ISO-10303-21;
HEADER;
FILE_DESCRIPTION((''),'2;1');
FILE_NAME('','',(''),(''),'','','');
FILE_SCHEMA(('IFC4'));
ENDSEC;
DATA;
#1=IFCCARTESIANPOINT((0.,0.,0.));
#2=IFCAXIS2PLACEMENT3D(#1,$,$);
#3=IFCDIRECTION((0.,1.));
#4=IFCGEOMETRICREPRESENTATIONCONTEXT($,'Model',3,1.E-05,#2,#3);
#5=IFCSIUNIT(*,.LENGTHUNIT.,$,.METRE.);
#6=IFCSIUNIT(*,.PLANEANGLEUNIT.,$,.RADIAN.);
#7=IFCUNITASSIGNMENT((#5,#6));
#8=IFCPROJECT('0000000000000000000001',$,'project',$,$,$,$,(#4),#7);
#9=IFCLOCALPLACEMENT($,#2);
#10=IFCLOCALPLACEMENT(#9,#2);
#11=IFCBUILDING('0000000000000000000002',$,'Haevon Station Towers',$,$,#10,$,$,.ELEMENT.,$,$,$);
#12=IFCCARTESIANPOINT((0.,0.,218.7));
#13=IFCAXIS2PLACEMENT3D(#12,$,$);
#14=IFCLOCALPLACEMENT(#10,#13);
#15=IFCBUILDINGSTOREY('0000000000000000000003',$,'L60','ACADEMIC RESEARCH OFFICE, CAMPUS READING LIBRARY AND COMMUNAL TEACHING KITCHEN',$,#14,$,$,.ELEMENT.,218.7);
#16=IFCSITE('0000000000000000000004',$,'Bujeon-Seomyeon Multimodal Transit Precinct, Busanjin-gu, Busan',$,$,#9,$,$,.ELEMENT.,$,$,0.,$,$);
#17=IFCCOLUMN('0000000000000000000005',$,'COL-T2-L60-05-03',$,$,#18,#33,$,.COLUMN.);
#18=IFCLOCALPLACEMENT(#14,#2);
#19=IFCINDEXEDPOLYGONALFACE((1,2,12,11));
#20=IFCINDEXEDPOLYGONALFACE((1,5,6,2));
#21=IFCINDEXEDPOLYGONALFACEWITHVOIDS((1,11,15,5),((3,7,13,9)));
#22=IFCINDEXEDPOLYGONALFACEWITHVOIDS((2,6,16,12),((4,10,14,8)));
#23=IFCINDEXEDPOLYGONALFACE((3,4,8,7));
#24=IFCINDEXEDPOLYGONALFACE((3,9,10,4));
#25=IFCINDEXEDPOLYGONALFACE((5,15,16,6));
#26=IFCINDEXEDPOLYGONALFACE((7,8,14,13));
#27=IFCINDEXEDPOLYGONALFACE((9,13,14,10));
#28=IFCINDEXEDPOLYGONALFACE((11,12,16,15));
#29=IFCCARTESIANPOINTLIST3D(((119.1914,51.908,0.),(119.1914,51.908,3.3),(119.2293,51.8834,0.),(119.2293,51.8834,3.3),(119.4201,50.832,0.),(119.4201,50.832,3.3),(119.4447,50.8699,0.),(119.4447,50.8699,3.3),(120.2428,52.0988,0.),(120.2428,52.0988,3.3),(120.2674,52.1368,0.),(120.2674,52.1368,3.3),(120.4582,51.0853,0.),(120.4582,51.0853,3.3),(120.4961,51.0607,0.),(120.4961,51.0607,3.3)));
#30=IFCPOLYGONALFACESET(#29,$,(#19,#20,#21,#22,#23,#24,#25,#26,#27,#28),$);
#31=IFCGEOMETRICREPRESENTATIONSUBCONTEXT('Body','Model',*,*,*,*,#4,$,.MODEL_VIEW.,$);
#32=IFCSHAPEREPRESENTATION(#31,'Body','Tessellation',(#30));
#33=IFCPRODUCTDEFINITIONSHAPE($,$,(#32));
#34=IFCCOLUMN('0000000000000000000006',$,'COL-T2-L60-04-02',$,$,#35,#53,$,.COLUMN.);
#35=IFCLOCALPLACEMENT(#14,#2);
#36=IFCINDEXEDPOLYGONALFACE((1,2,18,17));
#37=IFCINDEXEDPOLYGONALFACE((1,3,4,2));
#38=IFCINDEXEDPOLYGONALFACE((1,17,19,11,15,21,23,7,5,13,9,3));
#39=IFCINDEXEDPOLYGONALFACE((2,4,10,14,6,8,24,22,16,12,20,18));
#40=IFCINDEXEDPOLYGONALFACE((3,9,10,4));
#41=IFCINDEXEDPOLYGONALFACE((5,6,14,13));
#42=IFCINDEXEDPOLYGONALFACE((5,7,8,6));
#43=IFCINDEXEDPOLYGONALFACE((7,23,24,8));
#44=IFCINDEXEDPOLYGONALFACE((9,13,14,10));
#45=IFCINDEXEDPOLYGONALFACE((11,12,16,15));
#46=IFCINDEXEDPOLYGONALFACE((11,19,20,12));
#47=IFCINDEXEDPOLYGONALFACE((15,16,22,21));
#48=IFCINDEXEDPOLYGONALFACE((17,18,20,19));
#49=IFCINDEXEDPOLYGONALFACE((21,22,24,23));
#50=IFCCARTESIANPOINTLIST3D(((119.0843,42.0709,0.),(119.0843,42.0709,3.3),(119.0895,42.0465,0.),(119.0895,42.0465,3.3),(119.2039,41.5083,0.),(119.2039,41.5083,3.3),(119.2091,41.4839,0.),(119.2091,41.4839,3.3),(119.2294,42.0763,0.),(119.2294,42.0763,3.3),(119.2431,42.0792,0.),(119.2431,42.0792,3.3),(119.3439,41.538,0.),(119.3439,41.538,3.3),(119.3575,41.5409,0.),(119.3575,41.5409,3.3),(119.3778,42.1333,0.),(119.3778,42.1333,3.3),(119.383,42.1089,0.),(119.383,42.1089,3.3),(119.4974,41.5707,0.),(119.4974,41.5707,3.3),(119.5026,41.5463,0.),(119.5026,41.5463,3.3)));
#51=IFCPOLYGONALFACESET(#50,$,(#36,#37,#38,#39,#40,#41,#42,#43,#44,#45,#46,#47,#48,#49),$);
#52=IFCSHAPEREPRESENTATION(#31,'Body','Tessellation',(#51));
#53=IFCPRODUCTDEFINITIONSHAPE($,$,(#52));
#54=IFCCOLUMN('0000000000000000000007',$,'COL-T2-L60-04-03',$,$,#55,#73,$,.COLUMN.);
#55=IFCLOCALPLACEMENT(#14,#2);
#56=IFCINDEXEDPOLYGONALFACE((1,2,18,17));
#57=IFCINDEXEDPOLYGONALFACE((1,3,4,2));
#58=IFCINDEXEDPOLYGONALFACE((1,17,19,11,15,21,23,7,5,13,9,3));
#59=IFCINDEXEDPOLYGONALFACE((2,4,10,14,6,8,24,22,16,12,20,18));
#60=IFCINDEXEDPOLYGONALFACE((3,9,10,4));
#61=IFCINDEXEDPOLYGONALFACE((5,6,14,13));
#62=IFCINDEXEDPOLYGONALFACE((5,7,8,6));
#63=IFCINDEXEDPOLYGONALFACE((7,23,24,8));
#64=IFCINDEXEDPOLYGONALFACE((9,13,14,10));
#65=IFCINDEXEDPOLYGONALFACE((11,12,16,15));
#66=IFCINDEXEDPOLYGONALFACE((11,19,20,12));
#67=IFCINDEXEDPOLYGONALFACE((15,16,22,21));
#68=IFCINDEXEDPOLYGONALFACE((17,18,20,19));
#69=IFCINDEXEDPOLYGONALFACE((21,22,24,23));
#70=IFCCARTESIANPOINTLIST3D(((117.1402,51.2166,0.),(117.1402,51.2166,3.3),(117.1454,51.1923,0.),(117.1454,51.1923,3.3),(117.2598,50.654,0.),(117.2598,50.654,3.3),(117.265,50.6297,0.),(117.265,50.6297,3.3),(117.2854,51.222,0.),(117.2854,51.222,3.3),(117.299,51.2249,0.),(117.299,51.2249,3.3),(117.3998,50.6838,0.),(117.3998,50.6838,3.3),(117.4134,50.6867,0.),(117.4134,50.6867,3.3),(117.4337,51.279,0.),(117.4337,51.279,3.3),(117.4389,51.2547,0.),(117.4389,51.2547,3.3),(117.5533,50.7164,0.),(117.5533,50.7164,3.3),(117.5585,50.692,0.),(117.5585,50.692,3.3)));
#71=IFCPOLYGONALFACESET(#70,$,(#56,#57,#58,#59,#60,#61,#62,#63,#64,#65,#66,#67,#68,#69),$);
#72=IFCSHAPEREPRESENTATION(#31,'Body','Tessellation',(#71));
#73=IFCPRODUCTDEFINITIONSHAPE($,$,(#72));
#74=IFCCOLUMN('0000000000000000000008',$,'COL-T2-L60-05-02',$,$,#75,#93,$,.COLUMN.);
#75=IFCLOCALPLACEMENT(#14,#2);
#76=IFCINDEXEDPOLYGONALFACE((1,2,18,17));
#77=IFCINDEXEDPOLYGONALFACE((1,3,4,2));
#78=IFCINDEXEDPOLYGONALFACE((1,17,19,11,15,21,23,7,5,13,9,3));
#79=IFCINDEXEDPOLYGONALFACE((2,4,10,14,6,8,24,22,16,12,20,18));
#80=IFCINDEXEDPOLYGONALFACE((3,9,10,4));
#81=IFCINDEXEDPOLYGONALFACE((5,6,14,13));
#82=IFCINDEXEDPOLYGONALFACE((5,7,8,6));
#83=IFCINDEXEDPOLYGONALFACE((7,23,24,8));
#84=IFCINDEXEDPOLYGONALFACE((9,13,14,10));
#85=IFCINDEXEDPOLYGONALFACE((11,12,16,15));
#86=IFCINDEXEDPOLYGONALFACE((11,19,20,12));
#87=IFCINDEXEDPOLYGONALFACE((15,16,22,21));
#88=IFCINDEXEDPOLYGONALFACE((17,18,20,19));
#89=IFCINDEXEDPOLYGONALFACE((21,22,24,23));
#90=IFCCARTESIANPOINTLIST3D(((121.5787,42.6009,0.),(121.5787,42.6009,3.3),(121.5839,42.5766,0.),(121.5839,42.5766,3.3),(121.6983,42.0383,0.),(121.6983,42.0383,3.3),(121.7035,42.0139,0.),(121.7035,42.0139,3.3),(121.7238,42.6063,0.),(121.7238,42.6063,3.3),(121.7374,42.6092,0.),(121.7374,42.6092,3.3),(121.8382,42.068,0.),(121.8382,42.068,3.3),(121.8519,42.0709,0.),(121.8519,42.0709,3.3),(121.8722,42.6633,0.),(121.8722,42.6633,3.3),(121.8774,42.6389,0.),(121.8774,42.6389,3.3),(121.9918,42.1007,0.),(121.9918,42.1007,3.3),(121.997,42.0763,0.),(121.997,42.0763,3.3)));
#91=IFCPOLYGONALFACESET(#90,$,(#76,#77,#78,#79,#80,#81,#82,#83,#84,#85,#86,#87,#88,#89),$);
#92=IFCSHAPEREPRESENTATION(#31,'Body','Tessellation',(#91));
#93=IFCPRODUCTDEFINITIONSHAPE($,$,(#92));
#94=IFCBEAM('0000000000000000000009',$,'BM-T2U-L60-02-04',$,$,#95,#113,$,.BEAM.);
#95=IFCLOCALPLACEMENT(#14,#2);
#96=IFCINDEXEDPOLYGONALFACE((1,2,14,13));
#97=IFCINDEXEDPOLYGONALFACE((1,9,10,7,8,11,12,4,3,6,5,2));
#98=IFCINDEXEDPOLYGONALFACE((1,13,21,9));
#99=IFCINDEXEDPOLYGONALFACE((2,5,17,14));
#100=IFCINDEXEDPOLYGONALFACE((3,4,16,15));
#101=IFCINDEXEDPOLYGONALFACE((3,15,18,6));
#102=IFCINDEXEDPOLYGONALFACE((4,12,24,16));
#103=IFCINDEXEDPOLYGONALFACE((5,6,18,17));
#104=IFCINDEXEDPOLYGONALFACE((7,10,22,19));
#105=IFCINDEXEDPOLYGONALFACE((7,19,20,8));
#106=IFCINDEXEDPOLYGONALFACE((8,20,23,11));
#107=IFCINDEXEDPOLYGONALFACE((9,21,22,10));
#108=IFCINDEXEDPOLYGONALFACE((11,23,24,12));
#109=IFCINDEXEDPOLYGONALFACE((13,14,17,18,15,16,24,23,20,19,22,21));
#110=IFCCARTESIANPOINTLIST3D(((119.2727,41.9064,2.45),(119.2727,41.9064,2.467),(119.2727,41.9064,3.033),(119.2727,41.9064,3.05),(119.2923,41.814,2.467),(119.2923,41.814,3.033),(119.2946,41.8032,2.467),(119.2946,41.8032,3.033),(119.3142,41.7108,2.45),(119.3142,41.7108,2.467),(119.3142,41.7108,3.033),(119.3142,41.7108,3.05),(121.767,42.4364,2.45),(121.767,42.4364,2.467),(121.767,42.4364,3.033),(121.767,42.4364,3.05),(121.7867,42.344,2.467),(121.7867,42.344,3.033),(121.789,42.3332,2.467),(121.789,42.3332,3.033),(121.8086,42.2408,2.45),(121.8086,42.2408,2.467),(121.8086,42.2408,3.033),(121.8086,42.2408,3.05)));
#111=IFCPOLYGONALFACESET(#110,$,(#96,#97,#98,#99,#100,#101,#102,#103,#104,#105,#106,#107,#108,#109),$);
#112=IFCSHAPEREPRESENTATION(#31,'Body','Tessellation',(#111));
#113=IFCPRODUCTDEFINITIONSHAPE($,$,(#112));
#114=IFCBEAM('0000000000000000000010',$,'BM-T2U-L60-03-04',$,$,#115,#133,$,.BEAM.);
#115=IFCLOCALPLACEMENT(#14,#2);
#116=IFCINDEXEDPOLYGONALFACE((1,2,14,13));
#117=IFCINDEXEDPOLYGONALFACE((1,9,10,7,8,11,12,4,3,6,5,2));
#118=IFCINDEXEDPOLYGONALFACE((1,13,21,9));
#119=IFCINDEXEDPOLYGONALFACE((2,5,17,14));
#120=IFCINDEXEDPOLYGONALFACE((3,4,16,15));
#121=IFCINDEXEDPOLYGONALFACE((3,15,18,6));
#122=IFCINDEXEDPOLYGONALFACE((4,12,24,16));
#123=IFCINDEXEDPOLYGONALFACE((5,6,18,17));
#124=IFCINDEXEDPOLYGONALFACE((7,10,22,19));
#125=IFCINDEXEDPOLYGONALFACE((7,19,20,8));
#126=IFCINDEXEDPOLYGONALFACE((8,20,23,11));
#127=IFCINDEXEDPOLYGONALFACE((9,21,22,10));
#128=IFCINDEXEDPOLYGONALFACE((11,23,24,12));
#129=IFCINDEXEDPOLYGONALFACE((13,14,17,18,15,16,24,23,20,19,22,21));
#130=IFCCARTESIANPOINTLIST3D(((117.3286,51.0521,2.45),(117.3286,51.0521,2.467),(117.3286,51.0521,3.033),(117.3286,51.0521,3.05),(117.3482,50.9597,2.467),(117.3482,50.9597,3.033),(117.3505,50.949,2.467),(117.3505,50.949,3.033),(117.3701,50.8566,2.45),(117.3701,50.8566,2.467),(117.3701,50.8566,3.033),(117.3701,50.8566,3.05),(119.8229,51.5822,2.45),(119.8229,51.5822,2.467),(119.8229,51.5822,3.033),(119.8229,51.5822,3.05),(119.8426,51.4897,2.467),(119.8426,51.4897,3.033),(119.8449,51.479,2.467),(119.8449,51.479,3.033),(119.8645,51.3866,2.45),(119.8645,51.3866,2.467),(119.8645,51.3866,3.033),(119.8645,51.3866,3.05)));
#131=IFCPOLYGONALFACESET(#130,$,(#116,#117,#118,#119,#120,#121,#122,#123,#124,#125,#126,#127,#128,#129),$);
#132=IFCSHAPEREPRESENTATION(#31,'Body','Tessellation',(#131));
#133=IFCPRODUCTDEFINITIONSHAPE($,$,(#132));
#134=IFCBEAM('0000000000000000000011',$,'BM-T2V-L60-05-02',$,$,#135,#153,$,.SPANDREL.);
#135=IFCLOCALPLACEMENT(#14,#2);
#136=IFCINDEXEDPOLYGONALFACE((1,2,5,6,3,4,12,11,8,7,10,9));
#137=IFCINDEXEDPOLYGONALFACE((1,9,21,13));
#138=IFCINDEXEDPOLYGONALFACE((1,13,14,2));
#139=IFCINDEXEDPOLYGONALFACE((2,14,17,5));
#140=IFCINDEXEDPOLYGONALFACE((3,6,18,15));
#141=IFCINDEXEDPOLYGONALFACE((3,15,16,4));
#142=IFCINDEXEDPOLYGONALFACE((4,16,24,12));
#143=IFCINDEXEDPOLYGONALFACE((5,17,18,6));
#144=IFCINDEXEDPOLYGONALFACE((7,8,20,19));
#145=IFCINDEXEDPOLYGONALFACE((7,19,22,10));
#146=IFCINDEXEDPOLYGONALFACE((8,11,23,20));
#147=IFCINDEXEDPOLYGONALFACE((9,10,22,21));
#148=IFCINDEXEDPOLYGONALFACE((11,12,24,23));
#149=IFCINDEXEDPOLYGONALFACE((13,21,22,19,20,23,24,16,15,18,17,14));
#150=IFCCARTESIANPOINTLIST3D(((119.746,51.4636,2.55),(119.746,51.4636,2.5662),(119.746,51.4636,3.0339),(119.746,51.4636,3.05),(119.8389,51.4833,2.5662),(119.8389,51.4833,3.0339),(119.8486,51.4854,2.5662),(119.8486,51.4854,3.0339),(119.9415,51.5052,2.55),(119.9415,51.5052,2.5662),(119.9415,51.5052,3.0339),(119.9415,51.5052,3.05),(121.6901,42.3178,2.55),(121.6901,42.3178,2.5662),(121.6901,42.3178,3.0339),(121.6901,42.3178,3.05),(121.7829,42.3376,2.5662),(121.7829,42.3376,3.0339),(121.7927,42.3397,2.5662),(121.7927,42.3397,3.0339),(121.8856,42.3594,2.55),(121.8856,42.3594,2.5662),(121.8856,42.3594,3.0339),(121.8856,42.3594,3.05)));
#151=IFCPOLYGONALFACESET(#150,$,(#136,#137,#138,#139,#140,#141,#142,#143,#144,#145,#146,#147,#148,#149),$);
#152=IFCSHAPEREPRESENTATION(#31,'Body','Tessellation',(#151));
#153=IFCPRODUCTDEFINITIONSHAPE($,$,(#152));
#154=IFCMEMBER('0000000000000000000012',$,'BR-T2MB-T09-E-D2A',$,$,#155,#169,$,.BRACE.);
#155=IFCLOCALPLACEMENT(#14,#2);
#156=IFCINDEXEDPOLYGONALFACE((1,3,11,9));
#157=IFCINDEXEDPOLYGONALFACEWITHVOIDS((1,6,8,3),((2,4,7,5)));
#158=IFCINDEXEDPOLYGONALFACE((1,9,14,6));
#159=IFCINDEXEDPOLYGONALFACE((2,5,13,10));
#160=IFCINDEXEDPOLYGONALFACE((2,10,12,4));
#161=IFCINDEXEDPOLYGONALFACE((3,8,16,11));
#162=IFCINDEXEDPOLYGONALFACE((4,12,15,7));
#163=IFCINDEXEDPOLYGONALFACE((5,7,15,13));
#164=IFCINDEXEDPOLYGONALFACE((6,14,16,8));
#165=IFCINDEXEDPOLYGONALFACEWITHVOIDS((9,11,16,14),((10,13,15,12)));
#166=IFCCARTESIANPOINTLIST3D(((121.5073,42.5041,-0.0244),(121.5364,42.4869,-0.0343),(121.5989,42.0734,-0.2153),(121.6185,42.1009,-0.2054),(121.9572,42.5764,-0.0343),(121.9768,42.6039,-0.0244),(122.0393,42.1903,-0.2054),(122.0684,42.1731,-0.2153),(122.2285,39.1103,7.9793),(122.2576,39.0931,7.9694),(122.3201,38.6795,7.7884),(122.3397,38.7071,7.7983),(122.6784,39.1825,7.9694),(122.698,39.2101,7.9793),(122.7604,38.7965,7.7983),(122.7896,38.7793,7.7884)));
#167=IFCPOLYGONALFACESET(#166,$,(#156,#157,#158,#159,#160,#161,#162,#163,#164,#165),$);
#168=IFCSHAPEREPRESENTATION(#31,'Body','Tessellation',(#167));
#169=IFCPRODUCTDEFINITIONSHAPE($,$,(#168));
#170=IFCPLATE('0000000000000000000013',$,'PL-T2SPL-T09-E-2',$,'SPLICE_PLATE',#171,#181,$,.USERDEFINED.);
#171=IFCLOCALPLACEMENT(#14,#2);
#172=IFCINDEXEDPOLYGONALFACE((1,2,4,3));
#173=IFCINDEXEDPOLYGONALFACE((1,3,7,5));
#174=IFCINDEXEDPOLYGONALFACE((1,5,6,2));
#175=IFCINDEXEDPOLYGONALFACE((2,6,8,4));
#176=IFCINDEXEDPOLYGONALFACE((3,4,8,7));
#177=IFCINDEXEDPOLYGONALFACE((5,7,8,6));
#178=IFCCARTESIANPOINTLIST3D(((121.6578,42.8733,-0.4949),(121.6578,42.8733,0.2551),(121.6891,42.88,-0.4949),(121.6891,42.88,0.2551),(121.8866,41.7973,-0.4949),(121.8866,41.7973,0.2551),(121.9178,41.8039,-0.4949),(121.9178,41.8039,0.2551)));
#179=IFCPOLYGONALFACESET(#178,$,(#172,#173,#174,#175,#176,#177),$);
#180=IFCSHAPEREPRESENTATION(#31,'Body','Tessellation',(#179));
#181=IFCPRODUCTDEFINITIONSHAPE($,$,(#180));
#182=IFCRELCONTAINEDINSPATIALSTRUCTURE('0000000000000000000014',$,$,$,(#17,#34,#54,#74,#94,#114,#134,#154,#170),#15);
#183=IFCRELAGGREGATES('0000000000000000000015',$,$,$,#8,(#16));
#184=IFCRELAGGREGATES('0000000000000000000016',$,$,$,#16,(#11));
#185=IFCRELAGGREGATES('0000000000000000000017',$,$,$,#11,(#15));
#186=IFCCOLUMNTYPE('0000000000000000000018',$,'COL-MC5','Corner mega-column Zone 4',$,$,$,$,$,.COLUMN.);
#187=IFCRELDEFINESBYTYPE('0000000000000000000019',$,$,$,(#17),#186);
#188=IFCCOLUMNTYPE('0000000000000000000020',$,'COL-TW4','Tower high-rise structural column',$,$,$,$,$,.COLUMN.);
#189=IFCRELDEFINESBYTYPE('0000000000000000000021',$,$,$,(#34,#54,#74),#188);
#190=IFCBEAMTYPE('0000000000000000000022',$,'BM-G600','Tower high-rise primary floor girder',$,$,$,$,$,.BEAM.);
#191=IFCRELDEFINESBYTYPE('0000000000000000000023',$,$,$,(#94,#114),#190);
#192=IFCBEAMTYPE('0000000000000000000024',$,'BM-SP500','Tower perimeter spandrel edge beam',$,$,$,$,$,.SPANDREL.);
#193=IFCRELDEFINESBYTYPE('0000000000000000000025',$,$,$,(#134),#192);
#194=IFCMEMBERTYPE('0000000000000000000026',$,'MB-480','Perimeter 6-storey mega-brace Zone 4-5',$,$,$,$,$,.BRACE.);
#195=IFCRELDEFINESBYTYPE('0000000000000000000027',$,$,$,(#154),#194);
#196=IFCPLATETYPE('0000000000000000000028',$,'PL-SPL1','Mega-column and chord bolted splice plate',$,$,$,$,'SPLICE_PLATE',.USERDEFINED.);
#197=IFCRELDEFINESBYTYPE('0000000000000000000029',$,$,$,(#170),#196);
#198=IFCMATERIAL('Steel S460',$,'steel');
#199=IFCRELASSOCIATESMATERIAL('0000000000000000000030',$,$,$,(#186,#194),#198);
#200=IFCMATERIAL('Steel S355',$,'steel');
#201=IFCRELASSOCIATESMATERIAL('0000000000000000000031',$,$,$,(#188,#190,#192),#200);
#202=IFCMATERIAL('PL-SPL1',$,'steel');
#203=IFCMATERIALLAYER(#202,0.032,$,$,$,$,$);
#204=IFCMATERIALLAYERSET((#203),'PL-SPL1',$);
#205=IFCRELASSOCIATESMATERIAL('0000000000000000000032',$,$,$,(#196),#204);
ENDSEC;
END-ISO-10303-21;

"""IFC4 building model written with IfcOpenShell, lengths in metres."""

from ifc_helpers import new_model, si_unit, direction, frame, origin, origin_2d, place, context, subcontext, project, spatial, rectangle, hollow_rectangle, i_section, extrude, material, layer, layer_set, material_profile, profile_set, type_object, element, save


model = new_model("IFC4")

# Units and contexts
model_context = context("Model", 3, precision=1e-05, world=origin(), true_north=direction((0.0, 1.0)))
body_context = subcontext(model_context, "Body", "Model", "MODEL_VIEW")
ifc_project = project(units=[si_unit("LENGTHUNIT", "METRE"), si_unit("PLANEANGLEUNIT", "RADIAN")], contexts=[model_context])

# Site, building, storey
site_placement = place(None, origin())
site = spatial("IfcSite", under=ifc_project, at=site_placement, Name="Bujeon-Seomyeon Multimodal Transit Precinct, Busanjin-gu, Busan", CompositionType="ELEMENT", RefElevation=0.0)
building_placement = place(site_placement, origin())
building = spatial("IfcBuilding", under=site, at=building_placement, Name="Haevon Station Towers", CompositionType="ELEMENT")
storey_placement = place(building_placement, frame((0.0, 0.0, 218.7)))
storey = spatial("IfcBuildingStorey", under=building, at=storey_placement, Name="L60", Description="ACADEMIC RESEARCH OFFICE, CAMPUS READING LIBRARY AND COMMUNAL TEACHING KITCHEN", CompositionType="ELEMENT", Elevation=218.7)

# Columns
ifc_material_1 = material(Name="Steel S460", Category="steel")
ifc_material_profile_1 = material_profile(ifc_material_1, hollow_rectangle(XDim=1.1001, YDim=1.1001, WallThickness=0.032, at=origin_2d()), Name="BOX-1100x1100x32")
ifc_profile_set_1 = profile_set([ifc_material_profile_1], Name="Steel S460")
column_type_1 = type_object("IfcColumnType", Name="COL-MC5", Description="Corner mega-column Zone 4", PredefinedType="COLUMN", material=ifc_profile_set_1)
column_placement = place(storey_placement, frame((119.8438, 51.4844, 0.0), z_axis=(0.0, 0.0, 1.0), x_axis=(0.978148, 0.207912, 0.0)))
element("IfcColumn", 1, at=column_placement, inside=storey, type_object=column_type_1, Name="COL-T2-L60-05-03", PredefinedType="COLUMN", context=body_context, shape_type="SweptSolid", body=[
    extrude(hollow_rectangle(XDim=1.1001, YDim=1.1001, WallThickness=0.032, at=origin_2d()), origin(), (0.0, 0.0, 1.0), 3.3),
])
ifc_material_2 = material(Name="Steel S355", Category="steel")
ifc_material_profile_2 = material_profile(ifc_material_2, i_section(OverallWidth=0.3, OverallDepth=0.6001, WebThickness=0.0139, FlangeThickness=0.0249, at=origin_2d()), Name="H-600x300x14x25")
ifc_profile_set_2 = profile_set([ifc_material_profile_2], Name="Steel S355")
column_type_2 = type_object("IfcColumnType", Name="COL-TW4", Description="Tower high-rise structural column", PredefinedType="COLUMN", material=ifc_profile_set_2)
for number, where, z_axis, x_axis, name in (
    (2, (119.2935, 41.8086, 0.0), (0.0, 0.0, 1.0), (0.978148, 0.207912, 0.0), "COL-T2-L60-04-02"),
    (3, (117.3494, 50.9543, 0.0), (0.0, 0.0, 1.0), (0.978148, 0.207912, 0.0), "COL-T2-L60-04-03"),
    (4, (121.7878, 42.3386, 0.0), (0.0, 0.0, 1.0), (0.978148, 0.207912, 0.0), "COL-T2-L60-05-02"),
):
    element("IfcColumn", number, at=place(storey_placement, frame(where, z_axis=z_axis, x_axis=x_axis)), inside=storey, type_object=column_type_2, Name=name, PredefinedType="COLUMN", context=body_context, shape_type="SweptSolid", body=[
        extrude(i_section(OverallWidth=0.3, OverallDepth=0.6001, WebThickness=0.0139, FlangeThickness=0.0249, at=origin_2d()), origin(), (0.0, 0.0, 1.0), 3.3),
    ])

# Beams
ifc_material_profile_3 = material_profile(ifc_material_2, i_section(OverallWidth=0.2, OverallDepth=0.6001, WebThickness=0.011, FlangeThickness=0.0171, at=origin_2d()), Name="H-600x200x11x17")
ifc_profile_set_3 = profile_set([ifc_material_profile_3], Name="Steel S355")
beam_type_1 = type_object("IfcBeamType", Name="BM-G600", Description="Tower high-rise primary floor girder", PredefinedType="BEAM", material=ifc_profile_set_3)
for number, where, z_axis, x_axis, name in (
    (5, (119.2935, 41.8086, 2.75), (0.978161, 0.207848, 0.0), (-0.207848, 0.978161, 0.0), "BM-T2U-L60-02-04"),
    (6, (117.3494, 50.9543, 2.75), (0.978161, 0.207848, 0.0), (-0.207848, 0.978161, 0.0), "BM-T2U-L60-03-04"),
):
    element("IfcBeam", number, at=place(storey_placement, frame(where, z_axis=z_axis, x_axis=x_axis)), inside=storey, type_object=beam_type_1, Name=name, PredefinedType="BEAM", context=body_context, shape_type="SweptSolid", body=[
        extrude(i_section(OverallWidth=0.2, OverallDepth=0.6001, WebThickness=0.011, FlangeThickness=0.0171, at=origin_2d()), origin(), (0.0, 0.0, 1.0), 2.55),
    ])
ifc_material_profile_4 = material_profile(ifc_material_2, i_section(OverallWidth=0.2, OverallDepth=0.5, WebThickness=0.01, FlangeThickness=0.0161, at=origin_2d()), Name="H-500x200x10x16")
ifc_profile_set_4 = profile_set([ifc_material_profile_4], Name="Steel S355")
beam_type_2 = type_object("IfcBeamType", Name="BM-SP500", Description="Tower perimeter spandrel edge beam", PredefinedType="SPANDREL", material=ifc_profile_set_4)
beam_placement = place(storey_placement, frame((121.7878, 42.3386, 2.8), z_axis=(-0.207922, 0.978145, 0.0), x_axis=(-0.978145, -0.207922, 0.0)))
element("IfcBeam", 7, at=beam_placement, inside=storey, type_object=beam_type_2, Name="BM-T2V-L60-05-02", PredefinedType="SPANDREL", context=body_context, shape_type="SweptSolid", body=[
    extrude(i_section(OverallWidth=0.2, OverallDepth=0.5, WebThickness=0.01, FlangeThickness=0.0161, at=origin_2d()), origin(), (0.0, 0.0, 1.0), 9.3501),
])

# Member
ifc_material_profile_5 = material_profile(ifc_material_1, hollow_rectangle(XDim=0.48, YDim=0.48, WallThickness=0.0249, at=origin_2d()), Name="RHS-480x480x25")
ifc_profile_set_5 = profile_set([ifc_material_profile_5], Name="Steel S460")
member_type = type_object("IfcMemberType", Name="MB-480", Description="Perimeter 6-storey mega-brace Zone 4-5", PredefinedType="BRACE", material=ifc_profile_set_5)
member_placement = place(storey_placement, frame((121.7878, 42.3386, -0.1199), z_axis=(0.082674, -0.389048, 0.9175), x_axis=(0.978158, 0.207861, 0.0)))
element("IfcMember", 8, at=member_placement, inside=storey, type_object=member_type, Name="BR-T2MB-T09-E-D2A", PredefinedType="BRACE", context=body_context, shape_type="SweptSolid", body=[
    extrude(hollow_rectangle(XDim=0.48, YDim=0.48, WallThickness=0.0249, at=origin_2d()), origin(), (0.0, 0.0, 1.0), 8.7234),
])

# Plate
ifc_material_3 = material(Name="PL-SPL1", Category="steel")
ifc_layer_1 = layer(ifc_material_3, 0.032)
ifc_layer_set_1 = layer_set([ifc_layer_1], Name="PL-SPL1")
plate_type = type_object("IfcPlateType", Name="PL-SPL1", Description="Mega-column and chord bolted splice plate", ElementType="SPLICE_PLATE", PredefinedType="USERDEFINED", material=ifc_layer_set_1)
plate_placement = place(storey_placement, frame((121.7878, 42.3386, -0.4949), z_axis=(0.0, 0.0, 1.0), x_axis=(-0.207912, 0.978148, 0.0)))
element("IfcPlate", 9, at=plate_placement, inside=storey, type_object=plate_type, Name="PL-T2SPL-T09-E-2", ObjectType="SPLICE_PLATE", PredefinedType="USERDEFINED", context=body_context, shape_type="SweptSolid", body=[
    extrude(rectangle(XDim=1.1001, YDim=0.032, at=origin_2d()), origin(), (0.0, 0.0, 1.0), 0.75),
])

save(model, "model.ifc")
